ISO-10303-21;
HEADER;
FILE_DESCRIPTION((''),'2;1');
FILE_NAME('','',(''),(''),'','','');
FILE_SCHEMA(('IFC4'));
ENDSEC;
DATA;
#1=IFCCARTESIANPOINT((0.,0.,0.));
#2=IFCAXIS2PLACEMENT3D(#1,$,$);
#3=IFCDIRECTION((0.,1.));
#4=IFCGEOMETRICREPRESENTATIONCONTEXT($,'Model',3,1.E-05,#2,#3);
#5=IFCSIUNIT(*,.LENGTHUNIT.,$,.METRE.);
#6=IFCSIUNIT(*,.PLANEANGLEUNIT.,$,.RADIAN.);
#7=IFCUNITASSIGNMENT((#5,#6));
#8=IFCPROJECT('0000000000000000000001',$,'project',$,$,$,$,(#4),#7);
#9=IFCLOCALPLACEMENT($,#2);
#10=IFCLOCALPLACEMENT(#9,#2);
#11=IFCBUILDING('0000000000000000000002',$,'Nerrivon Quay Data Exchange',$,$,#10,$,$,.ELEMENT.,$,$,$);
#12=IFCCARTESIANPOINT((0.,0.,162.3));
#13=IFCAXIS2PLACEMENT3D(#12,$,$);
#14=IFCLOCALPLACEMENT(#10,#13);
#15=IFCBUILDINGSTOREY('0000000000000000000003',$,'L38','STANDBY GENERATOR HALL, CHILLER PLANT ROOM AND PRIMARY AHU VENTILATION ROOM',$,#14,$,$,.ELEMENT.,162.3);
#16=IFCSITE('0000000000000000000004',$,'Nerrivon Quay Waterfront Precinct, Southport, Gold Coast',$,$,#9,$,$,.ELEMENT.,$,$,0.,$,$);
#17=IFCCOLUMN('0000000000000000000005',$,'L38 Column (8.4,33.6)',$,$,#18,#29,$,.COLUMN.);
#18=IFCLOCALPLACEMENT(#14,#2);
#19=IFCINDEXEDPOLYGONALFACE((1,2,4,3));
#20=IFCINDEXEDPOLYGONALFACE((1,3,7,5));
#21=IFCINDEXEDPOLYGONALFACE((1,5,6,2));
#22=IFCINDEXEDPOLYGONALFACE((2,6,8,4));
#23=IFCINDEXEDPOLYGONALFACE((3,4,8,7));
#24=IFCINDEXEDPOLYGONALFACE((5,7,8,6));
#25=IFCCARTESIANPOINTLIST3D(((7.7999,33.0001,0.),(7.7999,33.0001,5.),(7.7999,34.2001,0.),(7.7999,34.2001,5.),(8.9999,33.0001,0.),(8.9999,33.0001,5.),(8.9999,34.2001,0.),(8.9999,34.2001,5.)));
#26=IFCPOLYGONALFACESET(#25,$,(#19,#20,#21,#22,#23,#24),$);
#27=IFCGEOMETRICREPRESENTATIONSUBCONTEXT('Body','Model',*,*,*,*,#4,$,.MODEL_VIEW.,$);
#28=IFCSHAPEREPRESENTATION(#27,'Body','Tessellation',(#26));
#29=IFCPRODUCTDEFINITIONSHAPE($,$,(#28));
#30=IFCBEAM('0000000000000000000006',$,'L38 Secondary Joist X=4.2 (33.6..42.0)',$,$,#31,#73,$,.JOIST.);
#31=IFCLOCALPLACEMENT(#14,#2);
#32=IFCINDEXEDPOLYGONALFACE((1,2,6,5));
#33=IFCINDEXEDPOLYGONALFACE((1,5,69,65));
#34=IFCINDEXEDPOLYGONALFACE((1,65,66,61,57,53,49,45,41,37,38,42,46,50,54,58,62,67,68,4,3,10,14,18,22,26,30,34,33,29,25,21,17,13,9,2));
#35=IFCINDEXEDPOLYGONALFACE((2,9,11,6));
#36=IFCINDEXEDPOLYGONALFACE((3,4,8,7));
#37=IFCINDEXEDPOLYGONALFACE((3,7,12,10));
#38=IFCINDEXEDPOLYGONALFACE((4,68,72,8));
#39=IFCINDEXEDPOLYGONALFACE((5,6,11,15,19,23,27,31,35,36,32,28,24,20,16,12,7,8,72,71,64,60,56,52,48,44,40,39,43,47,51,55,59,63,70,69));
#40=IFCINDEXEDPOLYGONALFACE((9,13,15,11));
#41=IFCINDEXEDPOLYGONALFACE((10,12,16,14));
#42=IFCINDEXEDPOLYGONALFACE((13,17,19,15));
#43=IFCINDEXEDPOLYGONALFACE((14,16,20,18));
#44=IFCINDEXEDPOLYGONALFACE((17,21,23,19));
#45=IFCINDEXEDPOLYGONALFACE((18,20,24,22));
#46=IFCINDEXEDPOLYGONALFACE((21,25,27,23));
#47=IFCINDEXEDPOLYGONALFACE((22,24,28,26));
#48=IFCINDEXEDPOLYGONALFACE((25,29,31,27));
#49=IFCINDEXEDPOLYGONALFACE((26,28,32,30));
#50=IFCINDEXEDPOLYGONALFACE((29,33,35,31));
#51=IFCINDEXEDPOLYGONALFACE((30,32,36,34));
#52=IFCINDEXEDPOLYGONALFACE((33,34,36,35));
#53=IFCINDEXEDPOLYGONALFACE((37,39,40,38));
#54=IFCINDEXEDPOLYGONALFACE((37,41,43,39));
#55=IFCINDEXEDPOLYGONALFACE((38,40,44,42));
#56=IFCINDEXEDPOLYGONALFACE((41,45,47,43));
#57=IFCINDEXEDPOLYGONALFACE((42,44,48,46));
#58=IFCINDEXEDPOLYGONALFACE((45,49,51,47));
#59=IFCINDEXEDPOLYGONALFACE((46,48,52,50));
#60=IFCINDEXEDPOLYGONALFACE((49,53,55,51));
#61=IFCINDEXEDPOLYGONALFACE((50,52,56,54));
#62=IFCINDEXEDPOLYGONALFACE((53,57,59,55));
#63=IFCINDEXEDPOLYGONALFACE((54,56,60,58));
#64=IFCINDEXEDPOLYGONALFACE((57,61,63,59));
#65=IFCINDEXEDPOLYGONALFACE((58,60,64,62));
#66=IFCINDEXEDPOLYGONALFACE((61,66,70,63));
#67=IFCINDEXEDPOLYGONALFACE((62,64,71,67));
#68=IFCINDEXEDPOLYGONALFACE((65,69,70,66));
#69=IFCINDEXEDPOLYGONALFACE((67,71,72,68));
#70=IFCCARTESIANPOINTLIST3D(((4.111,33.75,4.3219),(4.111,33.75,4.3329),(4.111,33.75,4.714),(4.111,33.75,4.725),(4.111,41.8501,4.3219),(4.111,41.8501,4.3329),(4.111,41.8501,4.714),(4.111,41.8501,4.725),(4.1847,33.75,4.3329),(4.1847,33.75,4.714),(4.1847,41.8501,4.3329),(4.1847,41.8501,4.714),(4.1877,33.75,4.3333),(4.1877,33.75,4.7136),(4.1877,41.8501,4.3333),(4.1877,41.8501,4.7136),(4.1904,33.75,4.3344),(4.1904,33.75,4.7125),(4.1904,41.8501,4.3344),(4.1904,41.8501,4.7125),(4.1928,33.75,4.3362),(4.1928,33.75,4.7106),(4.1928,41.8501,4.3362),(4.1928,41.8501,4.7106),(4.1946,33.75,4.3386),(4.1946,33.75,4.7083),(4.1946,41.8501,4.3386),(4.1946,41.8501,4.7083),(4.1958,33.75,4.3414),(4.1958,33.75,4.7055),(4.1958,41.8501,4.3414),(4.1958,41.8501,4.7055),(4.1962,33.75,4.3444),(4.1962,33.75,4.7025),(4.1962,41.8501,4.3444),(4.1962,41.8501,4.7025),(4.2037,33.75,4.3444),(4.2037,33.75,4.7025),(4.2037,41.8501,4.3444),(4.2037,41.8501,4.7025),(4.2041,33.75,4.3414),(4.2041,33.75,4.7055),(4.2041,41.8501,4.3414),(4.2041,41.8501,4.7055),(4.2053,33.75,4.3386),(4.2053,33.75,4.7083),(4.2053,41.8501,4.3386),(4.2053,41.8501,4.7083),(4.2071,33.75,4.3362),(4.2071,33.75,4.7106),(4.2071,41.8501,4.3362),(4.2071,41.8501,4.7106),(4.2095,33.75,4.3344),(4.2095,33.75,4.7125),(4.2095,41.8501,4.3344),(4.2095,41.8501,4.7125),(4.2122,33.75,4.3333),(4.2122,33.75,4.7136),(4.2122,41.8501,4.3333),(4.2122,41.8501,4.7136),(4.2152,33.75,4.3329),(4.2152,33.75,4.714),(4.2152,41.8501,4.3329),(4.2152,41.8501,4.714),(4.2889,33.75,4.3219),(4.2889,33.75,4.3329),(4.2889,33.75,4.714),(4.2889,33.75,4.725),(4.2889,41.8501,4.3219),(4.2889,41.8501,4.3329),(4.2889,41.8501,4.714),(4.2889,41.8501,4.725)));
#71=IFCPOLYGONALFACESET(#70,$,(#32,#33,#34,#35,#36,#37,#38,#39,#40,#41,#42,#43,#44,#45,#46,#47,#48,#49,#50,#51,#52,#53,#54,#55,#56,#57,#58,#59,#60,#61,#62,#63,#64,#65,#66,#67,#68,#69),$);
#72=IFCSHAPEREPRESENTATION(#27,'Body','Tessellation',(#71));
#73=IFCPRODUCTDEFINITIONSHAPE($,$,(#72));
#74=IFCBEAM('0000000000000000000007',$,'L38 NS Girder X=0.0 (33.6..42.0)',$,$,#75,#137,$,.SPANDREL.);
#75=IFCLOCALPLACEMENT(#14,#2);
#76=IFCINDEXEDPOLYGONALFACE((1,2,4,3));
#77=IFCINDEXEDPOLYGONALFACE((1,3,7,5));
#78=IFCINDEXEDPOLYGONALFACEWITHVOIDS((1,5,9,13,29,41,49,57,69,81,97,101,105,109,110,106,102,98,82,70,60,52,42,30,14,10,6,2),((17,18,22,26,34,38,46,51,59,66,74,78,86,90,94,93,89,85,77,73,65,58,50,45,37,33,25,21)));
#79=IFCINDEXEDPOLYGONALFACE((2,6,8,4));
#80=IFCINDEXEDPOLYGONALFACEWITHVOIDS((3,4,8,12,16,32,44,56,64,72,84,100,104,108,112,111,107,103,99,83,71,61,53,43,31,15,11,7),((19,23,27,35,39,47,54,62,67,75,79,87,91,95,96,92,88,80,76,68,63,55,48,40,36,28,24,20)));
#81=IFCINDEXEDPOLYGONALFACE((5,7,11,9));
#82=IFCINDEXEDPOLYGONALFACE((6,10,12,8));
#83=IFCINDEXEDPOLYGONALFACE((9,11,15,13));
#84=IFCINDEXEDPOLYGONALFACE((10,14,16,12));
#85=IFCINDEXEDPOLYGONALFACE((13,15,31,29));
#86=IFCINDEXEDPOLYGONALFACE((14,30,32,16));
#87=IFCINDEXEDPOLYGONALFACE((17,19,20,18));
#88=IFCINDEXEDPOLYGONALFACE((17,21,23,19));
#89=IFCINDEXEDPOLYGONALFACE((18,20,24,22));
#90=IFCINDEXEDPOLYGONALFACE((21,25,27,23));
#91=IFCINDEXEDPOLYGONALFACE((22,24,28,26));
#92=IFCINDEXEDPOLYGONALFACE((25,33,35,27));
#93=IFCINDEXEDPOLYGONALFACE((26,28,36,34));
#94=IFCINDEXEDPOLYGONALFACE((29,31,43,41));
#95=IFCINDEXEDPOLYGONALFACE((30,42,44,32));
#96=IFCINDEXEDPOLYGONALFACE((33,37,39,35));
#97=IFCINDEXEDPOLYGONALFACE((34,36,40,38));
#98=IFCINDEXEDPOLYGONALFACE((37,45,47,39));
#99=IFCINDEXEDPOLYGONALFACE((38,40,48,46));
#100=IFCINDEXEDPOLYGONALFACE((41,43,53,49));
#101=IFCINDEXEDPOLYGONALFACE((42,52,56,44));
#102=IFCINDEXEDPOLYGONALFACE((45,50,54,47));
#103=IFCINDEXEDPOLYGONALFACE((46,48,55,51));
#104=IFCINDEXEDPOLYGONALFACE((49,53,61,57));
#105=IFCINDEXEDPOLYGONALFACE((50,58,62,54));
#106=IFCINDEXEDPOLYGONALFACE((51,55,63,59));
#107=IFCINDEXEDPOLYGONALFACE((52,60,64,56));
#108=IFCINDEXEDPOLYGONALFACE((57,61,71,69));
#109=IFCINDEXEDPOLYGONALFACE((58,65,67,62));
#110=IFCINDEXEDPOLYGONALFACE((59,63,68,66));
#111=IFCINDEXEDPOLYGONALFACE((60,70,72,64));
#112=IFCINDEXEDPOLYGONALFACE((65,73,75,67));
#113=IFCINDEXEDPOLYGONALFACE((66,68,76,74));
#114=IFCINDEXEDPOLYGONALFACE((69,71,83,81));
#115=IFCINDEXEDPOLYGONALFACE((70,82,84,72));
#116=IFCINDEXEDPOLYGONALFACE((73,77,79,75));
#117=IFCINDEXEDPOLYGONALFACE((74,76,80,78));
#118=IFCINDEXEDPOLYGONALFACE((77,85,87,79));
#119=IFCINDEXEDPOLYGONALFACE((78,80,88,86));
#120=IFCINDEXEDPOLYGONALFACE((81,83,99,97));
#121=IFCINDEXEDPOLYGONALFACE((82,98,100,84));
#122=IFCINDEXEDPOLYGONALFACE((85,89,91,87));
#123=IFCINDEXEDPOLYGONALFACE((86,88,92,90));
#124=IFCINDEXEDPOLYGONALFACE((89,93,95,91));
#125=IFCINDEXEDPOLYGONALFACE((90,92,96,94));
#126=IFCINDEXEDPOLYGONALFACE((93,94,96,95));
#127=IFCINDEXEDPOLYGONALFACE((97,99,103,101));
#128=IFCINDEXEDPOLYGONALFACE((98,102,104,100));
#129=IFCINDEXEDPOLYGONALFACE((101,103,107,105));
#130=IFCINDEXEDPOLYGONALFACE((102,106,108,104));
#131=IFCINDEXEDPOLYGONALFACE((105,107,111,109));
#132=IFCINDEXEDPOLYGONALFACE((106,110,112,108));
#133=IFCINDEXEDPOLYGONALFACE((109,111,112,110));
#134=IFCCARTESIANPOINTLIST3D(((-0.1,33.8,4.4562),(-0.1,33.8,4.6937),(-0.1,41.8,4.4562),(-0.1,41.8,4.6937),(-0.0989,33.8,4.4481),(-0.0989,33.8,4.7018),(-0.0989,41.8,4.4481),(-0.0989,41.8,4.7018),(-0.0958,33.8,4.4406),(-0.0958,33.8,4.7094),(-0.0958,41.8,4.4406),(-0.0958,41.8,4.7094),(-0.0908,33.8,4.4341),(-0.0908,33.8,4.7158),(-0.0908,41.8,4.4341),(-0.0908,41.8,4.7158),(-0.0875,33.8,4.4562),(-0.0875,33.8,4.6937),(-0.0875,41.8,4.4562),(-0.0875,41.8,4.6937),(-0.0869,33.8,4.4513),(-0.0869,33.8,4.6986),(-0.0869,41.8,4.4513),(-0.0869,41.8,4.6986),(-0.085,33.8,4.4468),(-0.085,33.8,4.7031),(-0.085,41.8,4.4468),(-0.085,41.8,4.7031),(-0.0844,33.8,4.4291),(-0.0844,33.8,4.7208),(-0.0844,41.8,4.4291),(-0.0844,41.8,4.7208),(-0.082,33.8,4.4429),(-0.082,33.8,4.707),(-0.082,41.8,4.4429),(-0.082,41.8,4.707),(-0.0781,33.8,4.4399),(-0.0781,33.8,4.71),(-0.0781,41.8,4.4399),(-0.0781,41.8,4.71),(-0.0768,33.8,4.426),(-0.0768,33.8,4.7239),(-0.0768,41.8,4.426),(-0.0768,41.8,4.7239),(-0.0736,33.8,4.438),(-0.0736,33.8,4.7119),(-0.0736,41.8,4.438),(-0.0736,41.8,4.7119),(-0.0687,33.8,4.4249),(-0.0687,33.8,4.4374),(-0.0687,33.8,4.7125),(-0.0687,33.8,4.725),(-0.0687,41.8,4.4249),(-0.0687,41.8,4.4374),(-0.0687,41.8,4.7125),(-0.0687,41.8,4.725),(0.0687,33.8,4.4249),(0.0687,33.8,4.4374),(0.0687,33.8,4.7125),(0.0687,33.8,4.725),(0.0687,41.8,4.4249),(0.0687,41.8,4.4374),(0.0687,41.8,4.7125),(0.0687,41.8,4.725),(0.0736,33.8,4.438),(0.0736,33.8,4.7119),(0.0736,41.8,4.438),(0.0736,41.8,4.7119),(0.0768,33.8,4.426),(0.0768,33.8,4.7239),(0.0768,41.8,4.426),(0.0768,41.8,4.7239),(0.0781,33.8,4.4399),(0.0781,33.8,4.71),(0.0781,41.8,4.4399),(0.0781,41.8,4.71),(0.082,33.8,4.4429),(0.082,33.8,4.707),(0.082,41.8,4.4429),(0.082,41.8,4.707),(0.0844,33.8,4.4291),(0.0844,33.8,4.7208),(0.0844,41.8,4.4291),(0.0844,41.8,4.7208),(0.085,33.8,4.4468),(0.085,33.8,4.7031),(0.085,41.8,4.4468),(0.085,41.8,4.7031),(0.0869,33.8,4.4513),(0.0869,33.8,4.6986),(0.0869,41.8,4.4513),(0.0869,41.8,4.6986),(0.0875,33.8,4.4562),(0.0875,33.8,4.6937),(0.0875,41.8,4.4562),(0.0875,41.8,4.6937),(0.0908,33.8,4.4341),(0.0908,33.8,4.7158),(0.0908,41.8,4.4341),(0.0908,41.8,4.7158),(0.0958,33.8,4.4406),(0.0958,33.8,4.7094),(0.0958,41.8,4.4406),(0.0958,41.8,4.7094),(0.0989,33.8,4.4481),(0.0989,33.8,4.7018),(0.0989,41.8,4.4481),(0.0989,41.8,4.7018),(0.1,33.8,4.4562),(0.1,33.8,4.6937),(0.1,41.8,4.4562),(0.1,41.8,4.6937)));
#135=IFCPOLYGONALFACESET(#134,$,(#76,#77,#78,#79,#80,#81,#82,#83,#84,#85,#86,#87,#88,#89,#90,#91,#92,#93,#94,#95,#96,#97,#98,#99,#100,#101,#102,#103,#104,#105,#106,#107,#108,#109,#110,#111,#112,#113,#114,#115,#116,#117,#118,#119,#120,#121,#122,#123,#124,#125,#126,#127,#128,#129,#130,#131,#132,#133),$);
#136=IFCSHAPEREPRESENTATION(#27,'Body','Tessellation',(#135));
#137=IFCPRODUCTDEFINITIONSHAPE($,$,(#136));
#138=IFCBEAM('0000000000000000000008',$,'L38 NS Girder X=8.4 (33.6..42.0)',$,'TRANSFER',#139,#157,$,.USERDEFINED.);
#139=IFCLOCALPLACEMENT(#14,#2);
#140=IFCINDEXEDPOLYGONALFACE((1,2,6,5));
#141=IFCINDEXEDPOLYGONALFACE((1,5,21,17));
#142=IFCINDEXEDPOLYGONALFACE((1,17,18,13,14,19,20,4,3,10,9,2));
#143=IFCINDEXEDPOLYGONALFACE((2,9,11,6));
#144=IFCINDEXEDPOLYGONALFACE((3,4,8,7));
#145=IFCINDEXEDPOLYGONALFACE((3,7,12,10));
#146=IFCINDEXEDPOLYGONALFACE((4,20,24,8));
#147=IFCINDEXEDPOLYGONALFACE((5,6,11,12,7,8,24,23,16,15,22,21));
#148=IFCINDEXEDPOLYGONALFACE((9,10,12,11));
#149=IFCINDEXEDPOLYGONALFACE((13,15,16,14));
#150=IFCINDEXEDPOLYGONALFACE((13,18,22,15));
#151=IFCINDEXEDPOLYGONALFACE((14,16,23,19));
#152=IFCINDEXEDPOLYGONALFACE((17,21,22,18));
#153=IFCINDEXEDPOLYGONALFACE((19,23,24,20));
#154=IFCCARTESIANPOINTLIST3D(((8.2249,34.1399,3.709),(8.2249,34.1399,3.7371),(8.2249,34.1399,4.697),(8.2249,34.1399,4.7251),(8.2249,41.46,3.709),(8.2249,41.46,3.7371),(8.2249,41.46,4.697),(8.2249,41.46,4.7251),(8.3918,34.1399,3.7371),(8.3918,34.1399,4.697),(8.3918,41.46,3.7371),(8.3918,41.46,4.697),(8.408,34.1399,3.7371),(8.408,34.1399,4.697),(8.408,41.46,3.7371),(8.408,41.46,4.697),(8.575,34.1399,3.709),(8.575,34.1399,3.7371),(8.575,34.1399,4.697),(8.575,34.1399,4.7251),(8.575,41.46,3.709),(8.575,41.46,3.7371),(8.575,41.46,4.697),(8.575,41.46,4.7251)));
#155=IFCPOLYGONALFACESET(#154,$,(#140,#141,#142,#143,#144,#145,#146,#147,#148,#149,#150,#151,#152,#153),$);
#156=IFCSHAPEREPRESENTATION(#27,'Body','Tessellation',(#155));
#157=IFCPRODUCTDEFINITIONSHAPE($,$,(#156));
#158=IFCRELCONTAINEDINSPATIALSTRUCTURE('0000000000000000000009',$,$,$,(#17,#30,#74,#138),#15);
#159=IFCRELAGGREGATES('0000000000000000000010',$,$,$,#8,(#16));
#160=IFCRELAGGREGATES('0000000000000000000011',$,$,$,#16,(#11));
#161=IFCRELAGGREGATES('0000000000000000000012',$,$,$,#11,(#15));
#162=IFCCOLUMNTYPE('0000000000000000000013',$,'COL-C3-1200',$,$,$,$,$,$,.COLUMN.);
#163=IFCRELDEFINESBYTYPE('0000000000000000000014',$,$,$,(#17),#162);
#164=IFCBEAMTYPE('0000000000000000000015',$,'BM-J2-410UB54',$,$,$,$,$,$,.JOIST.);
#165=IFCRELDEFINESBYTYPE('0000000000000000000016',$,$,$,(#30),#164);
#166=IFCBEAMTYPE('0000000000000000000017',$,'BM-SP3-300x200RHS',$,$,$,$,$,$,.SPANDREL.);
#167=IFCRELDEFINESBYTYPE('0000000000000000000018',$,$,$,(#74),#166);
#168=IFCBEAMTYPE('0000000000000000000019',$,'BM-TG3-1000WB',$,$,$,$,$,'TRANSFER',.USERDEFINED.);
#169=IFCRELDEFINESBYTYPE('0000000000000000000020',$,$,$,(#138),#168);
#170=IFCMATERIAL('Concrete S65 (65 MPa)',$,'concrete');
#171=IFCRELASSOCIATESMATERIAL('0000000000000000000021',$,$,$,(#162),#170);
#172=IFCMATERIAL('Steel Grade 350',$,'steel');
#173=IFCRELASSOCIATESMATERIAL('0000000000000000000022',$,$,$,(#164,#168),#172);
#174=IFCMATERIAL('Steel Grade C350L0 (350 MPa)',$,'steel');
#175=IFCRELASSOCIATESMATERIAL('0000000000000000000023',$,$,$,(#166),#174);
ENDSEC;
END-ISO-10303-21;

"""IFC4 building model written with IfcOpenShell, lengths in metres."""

from ifc_helpers import new_model, si_unit, direction, frame, origin, origin_2d, place, context, subcontext, project, spatial, rectangle, hollow_rectangle, i_section, extrude, material, material_profile, profile_set, type_object, element, save


model = new_model("IFC4")

# Units and contexts
model_context = context("Model", 3, precision=1e-05, world=origin(), true_north=direction((0.0, 1.0)))
body_context = subcontext(model_context, "Body", "Model", "MODEL_VIEW")
ifc_project = project(units=[si_unit("LENGTHUNIT", "METRE"), si_unit("PLANEANGLEUNIT", "RADIAN")], contexts=[model_context])

# Site, building, storey
site_placement = place(None, origin())
site = spatial("IfcSite", under=ifc_project, at=site_placement, Name="Nerrivon Quay Waterfront Precinct, Southport, Gold Coast", CompositionType="ELEMENT", RefElevation=0.0)
building_placement = place(site_placement, origin())
building = spatial("IfcBuilding", under=site, at=building_placement, Name="Nerrivon Quay Data Exchange", CompositionType="ELEMENT")
storey_placement = place(building_placement, frame((0.0, 0.0, 162.3)))
storey = spatial("IfcBuildingStorey", under=building, at=storey_placement, Name="L38", Description="STANDBY GENERATOR HALL, CHILLER PLANT ROOM AND PRIMARY AHU VENTILATION ROOM", CompositionType="ELEMENT", Elevation=162.3)

# Column
ifc_material_1 = material(Name="Concrete S65 (65 MPa)", Category="concrete")
ifc_material_profile_1 = material_profile(ifc_material_1, rectangle(XDim=1.2, YDim=1.2, at=origin_2d()), Name="RC-COL-1200x1200")
ifc_profile_set_1 = profile_set([ifc_material_profile_1], Name="Concrete S65 (65 MPa)")
column_type = type_object("IfcColumnType", Name="COL-C3-1200", PredefinedType="COLUMN", material=ifc_profile_set_1)
column_placement = place(storey_placement, frame((8.3999, 33.6001, 0.0), z_axis=(0.0, 0.0, 1.0), x_axis=(1.0, 0.0, 0.0)))
element("IfcColumn", 1, at=column_placement, inside=storey, type_object=column_type, Name="L38 Column (8.4,33.6)", PredefinedType="COLUMN", context=body_context, shape_type="SweptSolid", body=[
    extrude(rectangle(XDim=1.2, YDim=1.2, at=origin_2d()), origin(), (0.0, 0.0, 1.0), 5.0),
])

# Beams
ifc_material_2 = material(Name="Steel Grade 350", Category="steel")
ifc_material_profile_2 = material_profile(ifc_material_2, i_section(OverallWidth=0.178, OverallDepth=0.4031, WebThickness=0.0076, FlangeThickness=0.011, FilletRadius=0.0115, at=origin_2d()), Name="410UB53.7")
ifc_profile_set_2 = profile_set([ifc_material_profile_2], Name="Steel Grade 350")
beam_type_1 = type_object("IfcBeamType", Name="BM-J2-410UB54", PredefinedType="JOIST", material=ifc_profile_set_2)
beam_1_placement = place(storey_placement, frame((4.2, 33.75, 4.5234), z_axis=(0.0, 1.0, 0.0), x_axis=(-1.0, 0.0, 0.0)))
element("IfcBeam", 2, at=beam_1_placement, inside=storey, type_object=beam_type_1, Name="L38 Secondary Joist X=4.2 (33.6..42.0)", PredefinedType="JOIST", context=body_context, shape_type="SweptSolid", body=[
    extrude(i_section(OverallWidth=0.178, OverallDepth=0.4031, WebThickness=0.0076, FlangeThickness=0.011, FilletRadius=0.0115, at=origin_2d()), origin(), (0.0, 0.0, 1.0), 8.1001),
])
ifc_material_3 = material(Name="Steel Grade C350L0 (350 MPa)", Category="steel")
ifc_material_profile_3 = material_profile(ifc_material_3, hollow_rectangle(XDim=0.2, YDim=0.3, WallThickness=0.0125, InnerFilletRadius=0.0188, OuterFilletRadius=0.0312, at=origin_2d()), Name="300x200x12.5RHS")
ifc_profile_set_3 = profile_set([ifc_material_profile_3], Name="Steel Grade C350L0 (350 MPa)")
beam_type_2 = type_object("IfcBeamType", Name="BM-SP3-300x200RHS", PredefinedType="SPANDREL", material=ifc_profile_set_3)
beam_2_placement = place(storey_placement, frame((0.0, 33.8, 4.575), z_axis=(0.0, 1.0, 0.0), x_axis=(-1.0, 0.0, 0.0)))
element("IfcBeam", 3, at=beam_2_placement, inside=storey, type_object=beam_type_2, Name="L38 NS Girder X=0.0 (33.6..42.0)", PredefinedType="SPANDREL", context=body_context, shape_type="SweptSolid", body=[
    extrude(hollow_rectangle(XDim=0.2, YDim=0.3, WallThickness=0.0125, InnerFilletRadius=0.0188, OuterFilletRadius=0.0312, at=origin_2d()), origin(), (0.0, 0.0, 1.0), 8.0),
])
ifc_material_profile_4 = material_profile(ifc_material_2, i_section(OverallWidth=0.3501, OverallDepth=1.0161, WebThickness=0.0161, FlangeThickness=0.0281, at=origin_2d()), Name="1000WB258")
ifc_profile_set_4 = profile_set([ifc_material_profile_4], Name="Steel Grade 350")
beam_type_3 = type_object("IfcBeamType", Name="BM-TG3-1000WB", ElementType="TRANSFER", PredefinedType="USERDEFINED", material=ifc_profile_set_4)
beam_3_placement = place(storey_placement, frame((8.3999, 34.1399, 4.217), z_axis=(0.0, 1.0, 0.0), x_axis=(-1.0, 0.0, 0.0)))
element("IfcBeam", 4, at=beam_3_placement, inside=storey, type_object=beam_type_3, Name="L38 NS Girder X=8.4 (33.6..42.0)", ObjectType="TRANSFER", PredefinedType="USERDEFINED", context=body_context, shape_type="SweptSolid", body=[
    extrude(i_section(OverallWidth=0.3501, OverallDepth=1.0161, WebThickness=0.0161, FlangeThickness=0.0281, at=origin_2d()), origin(), (0.0, 0.0, 1.0), 7.3201),
])

save(model, "model.ifc")
